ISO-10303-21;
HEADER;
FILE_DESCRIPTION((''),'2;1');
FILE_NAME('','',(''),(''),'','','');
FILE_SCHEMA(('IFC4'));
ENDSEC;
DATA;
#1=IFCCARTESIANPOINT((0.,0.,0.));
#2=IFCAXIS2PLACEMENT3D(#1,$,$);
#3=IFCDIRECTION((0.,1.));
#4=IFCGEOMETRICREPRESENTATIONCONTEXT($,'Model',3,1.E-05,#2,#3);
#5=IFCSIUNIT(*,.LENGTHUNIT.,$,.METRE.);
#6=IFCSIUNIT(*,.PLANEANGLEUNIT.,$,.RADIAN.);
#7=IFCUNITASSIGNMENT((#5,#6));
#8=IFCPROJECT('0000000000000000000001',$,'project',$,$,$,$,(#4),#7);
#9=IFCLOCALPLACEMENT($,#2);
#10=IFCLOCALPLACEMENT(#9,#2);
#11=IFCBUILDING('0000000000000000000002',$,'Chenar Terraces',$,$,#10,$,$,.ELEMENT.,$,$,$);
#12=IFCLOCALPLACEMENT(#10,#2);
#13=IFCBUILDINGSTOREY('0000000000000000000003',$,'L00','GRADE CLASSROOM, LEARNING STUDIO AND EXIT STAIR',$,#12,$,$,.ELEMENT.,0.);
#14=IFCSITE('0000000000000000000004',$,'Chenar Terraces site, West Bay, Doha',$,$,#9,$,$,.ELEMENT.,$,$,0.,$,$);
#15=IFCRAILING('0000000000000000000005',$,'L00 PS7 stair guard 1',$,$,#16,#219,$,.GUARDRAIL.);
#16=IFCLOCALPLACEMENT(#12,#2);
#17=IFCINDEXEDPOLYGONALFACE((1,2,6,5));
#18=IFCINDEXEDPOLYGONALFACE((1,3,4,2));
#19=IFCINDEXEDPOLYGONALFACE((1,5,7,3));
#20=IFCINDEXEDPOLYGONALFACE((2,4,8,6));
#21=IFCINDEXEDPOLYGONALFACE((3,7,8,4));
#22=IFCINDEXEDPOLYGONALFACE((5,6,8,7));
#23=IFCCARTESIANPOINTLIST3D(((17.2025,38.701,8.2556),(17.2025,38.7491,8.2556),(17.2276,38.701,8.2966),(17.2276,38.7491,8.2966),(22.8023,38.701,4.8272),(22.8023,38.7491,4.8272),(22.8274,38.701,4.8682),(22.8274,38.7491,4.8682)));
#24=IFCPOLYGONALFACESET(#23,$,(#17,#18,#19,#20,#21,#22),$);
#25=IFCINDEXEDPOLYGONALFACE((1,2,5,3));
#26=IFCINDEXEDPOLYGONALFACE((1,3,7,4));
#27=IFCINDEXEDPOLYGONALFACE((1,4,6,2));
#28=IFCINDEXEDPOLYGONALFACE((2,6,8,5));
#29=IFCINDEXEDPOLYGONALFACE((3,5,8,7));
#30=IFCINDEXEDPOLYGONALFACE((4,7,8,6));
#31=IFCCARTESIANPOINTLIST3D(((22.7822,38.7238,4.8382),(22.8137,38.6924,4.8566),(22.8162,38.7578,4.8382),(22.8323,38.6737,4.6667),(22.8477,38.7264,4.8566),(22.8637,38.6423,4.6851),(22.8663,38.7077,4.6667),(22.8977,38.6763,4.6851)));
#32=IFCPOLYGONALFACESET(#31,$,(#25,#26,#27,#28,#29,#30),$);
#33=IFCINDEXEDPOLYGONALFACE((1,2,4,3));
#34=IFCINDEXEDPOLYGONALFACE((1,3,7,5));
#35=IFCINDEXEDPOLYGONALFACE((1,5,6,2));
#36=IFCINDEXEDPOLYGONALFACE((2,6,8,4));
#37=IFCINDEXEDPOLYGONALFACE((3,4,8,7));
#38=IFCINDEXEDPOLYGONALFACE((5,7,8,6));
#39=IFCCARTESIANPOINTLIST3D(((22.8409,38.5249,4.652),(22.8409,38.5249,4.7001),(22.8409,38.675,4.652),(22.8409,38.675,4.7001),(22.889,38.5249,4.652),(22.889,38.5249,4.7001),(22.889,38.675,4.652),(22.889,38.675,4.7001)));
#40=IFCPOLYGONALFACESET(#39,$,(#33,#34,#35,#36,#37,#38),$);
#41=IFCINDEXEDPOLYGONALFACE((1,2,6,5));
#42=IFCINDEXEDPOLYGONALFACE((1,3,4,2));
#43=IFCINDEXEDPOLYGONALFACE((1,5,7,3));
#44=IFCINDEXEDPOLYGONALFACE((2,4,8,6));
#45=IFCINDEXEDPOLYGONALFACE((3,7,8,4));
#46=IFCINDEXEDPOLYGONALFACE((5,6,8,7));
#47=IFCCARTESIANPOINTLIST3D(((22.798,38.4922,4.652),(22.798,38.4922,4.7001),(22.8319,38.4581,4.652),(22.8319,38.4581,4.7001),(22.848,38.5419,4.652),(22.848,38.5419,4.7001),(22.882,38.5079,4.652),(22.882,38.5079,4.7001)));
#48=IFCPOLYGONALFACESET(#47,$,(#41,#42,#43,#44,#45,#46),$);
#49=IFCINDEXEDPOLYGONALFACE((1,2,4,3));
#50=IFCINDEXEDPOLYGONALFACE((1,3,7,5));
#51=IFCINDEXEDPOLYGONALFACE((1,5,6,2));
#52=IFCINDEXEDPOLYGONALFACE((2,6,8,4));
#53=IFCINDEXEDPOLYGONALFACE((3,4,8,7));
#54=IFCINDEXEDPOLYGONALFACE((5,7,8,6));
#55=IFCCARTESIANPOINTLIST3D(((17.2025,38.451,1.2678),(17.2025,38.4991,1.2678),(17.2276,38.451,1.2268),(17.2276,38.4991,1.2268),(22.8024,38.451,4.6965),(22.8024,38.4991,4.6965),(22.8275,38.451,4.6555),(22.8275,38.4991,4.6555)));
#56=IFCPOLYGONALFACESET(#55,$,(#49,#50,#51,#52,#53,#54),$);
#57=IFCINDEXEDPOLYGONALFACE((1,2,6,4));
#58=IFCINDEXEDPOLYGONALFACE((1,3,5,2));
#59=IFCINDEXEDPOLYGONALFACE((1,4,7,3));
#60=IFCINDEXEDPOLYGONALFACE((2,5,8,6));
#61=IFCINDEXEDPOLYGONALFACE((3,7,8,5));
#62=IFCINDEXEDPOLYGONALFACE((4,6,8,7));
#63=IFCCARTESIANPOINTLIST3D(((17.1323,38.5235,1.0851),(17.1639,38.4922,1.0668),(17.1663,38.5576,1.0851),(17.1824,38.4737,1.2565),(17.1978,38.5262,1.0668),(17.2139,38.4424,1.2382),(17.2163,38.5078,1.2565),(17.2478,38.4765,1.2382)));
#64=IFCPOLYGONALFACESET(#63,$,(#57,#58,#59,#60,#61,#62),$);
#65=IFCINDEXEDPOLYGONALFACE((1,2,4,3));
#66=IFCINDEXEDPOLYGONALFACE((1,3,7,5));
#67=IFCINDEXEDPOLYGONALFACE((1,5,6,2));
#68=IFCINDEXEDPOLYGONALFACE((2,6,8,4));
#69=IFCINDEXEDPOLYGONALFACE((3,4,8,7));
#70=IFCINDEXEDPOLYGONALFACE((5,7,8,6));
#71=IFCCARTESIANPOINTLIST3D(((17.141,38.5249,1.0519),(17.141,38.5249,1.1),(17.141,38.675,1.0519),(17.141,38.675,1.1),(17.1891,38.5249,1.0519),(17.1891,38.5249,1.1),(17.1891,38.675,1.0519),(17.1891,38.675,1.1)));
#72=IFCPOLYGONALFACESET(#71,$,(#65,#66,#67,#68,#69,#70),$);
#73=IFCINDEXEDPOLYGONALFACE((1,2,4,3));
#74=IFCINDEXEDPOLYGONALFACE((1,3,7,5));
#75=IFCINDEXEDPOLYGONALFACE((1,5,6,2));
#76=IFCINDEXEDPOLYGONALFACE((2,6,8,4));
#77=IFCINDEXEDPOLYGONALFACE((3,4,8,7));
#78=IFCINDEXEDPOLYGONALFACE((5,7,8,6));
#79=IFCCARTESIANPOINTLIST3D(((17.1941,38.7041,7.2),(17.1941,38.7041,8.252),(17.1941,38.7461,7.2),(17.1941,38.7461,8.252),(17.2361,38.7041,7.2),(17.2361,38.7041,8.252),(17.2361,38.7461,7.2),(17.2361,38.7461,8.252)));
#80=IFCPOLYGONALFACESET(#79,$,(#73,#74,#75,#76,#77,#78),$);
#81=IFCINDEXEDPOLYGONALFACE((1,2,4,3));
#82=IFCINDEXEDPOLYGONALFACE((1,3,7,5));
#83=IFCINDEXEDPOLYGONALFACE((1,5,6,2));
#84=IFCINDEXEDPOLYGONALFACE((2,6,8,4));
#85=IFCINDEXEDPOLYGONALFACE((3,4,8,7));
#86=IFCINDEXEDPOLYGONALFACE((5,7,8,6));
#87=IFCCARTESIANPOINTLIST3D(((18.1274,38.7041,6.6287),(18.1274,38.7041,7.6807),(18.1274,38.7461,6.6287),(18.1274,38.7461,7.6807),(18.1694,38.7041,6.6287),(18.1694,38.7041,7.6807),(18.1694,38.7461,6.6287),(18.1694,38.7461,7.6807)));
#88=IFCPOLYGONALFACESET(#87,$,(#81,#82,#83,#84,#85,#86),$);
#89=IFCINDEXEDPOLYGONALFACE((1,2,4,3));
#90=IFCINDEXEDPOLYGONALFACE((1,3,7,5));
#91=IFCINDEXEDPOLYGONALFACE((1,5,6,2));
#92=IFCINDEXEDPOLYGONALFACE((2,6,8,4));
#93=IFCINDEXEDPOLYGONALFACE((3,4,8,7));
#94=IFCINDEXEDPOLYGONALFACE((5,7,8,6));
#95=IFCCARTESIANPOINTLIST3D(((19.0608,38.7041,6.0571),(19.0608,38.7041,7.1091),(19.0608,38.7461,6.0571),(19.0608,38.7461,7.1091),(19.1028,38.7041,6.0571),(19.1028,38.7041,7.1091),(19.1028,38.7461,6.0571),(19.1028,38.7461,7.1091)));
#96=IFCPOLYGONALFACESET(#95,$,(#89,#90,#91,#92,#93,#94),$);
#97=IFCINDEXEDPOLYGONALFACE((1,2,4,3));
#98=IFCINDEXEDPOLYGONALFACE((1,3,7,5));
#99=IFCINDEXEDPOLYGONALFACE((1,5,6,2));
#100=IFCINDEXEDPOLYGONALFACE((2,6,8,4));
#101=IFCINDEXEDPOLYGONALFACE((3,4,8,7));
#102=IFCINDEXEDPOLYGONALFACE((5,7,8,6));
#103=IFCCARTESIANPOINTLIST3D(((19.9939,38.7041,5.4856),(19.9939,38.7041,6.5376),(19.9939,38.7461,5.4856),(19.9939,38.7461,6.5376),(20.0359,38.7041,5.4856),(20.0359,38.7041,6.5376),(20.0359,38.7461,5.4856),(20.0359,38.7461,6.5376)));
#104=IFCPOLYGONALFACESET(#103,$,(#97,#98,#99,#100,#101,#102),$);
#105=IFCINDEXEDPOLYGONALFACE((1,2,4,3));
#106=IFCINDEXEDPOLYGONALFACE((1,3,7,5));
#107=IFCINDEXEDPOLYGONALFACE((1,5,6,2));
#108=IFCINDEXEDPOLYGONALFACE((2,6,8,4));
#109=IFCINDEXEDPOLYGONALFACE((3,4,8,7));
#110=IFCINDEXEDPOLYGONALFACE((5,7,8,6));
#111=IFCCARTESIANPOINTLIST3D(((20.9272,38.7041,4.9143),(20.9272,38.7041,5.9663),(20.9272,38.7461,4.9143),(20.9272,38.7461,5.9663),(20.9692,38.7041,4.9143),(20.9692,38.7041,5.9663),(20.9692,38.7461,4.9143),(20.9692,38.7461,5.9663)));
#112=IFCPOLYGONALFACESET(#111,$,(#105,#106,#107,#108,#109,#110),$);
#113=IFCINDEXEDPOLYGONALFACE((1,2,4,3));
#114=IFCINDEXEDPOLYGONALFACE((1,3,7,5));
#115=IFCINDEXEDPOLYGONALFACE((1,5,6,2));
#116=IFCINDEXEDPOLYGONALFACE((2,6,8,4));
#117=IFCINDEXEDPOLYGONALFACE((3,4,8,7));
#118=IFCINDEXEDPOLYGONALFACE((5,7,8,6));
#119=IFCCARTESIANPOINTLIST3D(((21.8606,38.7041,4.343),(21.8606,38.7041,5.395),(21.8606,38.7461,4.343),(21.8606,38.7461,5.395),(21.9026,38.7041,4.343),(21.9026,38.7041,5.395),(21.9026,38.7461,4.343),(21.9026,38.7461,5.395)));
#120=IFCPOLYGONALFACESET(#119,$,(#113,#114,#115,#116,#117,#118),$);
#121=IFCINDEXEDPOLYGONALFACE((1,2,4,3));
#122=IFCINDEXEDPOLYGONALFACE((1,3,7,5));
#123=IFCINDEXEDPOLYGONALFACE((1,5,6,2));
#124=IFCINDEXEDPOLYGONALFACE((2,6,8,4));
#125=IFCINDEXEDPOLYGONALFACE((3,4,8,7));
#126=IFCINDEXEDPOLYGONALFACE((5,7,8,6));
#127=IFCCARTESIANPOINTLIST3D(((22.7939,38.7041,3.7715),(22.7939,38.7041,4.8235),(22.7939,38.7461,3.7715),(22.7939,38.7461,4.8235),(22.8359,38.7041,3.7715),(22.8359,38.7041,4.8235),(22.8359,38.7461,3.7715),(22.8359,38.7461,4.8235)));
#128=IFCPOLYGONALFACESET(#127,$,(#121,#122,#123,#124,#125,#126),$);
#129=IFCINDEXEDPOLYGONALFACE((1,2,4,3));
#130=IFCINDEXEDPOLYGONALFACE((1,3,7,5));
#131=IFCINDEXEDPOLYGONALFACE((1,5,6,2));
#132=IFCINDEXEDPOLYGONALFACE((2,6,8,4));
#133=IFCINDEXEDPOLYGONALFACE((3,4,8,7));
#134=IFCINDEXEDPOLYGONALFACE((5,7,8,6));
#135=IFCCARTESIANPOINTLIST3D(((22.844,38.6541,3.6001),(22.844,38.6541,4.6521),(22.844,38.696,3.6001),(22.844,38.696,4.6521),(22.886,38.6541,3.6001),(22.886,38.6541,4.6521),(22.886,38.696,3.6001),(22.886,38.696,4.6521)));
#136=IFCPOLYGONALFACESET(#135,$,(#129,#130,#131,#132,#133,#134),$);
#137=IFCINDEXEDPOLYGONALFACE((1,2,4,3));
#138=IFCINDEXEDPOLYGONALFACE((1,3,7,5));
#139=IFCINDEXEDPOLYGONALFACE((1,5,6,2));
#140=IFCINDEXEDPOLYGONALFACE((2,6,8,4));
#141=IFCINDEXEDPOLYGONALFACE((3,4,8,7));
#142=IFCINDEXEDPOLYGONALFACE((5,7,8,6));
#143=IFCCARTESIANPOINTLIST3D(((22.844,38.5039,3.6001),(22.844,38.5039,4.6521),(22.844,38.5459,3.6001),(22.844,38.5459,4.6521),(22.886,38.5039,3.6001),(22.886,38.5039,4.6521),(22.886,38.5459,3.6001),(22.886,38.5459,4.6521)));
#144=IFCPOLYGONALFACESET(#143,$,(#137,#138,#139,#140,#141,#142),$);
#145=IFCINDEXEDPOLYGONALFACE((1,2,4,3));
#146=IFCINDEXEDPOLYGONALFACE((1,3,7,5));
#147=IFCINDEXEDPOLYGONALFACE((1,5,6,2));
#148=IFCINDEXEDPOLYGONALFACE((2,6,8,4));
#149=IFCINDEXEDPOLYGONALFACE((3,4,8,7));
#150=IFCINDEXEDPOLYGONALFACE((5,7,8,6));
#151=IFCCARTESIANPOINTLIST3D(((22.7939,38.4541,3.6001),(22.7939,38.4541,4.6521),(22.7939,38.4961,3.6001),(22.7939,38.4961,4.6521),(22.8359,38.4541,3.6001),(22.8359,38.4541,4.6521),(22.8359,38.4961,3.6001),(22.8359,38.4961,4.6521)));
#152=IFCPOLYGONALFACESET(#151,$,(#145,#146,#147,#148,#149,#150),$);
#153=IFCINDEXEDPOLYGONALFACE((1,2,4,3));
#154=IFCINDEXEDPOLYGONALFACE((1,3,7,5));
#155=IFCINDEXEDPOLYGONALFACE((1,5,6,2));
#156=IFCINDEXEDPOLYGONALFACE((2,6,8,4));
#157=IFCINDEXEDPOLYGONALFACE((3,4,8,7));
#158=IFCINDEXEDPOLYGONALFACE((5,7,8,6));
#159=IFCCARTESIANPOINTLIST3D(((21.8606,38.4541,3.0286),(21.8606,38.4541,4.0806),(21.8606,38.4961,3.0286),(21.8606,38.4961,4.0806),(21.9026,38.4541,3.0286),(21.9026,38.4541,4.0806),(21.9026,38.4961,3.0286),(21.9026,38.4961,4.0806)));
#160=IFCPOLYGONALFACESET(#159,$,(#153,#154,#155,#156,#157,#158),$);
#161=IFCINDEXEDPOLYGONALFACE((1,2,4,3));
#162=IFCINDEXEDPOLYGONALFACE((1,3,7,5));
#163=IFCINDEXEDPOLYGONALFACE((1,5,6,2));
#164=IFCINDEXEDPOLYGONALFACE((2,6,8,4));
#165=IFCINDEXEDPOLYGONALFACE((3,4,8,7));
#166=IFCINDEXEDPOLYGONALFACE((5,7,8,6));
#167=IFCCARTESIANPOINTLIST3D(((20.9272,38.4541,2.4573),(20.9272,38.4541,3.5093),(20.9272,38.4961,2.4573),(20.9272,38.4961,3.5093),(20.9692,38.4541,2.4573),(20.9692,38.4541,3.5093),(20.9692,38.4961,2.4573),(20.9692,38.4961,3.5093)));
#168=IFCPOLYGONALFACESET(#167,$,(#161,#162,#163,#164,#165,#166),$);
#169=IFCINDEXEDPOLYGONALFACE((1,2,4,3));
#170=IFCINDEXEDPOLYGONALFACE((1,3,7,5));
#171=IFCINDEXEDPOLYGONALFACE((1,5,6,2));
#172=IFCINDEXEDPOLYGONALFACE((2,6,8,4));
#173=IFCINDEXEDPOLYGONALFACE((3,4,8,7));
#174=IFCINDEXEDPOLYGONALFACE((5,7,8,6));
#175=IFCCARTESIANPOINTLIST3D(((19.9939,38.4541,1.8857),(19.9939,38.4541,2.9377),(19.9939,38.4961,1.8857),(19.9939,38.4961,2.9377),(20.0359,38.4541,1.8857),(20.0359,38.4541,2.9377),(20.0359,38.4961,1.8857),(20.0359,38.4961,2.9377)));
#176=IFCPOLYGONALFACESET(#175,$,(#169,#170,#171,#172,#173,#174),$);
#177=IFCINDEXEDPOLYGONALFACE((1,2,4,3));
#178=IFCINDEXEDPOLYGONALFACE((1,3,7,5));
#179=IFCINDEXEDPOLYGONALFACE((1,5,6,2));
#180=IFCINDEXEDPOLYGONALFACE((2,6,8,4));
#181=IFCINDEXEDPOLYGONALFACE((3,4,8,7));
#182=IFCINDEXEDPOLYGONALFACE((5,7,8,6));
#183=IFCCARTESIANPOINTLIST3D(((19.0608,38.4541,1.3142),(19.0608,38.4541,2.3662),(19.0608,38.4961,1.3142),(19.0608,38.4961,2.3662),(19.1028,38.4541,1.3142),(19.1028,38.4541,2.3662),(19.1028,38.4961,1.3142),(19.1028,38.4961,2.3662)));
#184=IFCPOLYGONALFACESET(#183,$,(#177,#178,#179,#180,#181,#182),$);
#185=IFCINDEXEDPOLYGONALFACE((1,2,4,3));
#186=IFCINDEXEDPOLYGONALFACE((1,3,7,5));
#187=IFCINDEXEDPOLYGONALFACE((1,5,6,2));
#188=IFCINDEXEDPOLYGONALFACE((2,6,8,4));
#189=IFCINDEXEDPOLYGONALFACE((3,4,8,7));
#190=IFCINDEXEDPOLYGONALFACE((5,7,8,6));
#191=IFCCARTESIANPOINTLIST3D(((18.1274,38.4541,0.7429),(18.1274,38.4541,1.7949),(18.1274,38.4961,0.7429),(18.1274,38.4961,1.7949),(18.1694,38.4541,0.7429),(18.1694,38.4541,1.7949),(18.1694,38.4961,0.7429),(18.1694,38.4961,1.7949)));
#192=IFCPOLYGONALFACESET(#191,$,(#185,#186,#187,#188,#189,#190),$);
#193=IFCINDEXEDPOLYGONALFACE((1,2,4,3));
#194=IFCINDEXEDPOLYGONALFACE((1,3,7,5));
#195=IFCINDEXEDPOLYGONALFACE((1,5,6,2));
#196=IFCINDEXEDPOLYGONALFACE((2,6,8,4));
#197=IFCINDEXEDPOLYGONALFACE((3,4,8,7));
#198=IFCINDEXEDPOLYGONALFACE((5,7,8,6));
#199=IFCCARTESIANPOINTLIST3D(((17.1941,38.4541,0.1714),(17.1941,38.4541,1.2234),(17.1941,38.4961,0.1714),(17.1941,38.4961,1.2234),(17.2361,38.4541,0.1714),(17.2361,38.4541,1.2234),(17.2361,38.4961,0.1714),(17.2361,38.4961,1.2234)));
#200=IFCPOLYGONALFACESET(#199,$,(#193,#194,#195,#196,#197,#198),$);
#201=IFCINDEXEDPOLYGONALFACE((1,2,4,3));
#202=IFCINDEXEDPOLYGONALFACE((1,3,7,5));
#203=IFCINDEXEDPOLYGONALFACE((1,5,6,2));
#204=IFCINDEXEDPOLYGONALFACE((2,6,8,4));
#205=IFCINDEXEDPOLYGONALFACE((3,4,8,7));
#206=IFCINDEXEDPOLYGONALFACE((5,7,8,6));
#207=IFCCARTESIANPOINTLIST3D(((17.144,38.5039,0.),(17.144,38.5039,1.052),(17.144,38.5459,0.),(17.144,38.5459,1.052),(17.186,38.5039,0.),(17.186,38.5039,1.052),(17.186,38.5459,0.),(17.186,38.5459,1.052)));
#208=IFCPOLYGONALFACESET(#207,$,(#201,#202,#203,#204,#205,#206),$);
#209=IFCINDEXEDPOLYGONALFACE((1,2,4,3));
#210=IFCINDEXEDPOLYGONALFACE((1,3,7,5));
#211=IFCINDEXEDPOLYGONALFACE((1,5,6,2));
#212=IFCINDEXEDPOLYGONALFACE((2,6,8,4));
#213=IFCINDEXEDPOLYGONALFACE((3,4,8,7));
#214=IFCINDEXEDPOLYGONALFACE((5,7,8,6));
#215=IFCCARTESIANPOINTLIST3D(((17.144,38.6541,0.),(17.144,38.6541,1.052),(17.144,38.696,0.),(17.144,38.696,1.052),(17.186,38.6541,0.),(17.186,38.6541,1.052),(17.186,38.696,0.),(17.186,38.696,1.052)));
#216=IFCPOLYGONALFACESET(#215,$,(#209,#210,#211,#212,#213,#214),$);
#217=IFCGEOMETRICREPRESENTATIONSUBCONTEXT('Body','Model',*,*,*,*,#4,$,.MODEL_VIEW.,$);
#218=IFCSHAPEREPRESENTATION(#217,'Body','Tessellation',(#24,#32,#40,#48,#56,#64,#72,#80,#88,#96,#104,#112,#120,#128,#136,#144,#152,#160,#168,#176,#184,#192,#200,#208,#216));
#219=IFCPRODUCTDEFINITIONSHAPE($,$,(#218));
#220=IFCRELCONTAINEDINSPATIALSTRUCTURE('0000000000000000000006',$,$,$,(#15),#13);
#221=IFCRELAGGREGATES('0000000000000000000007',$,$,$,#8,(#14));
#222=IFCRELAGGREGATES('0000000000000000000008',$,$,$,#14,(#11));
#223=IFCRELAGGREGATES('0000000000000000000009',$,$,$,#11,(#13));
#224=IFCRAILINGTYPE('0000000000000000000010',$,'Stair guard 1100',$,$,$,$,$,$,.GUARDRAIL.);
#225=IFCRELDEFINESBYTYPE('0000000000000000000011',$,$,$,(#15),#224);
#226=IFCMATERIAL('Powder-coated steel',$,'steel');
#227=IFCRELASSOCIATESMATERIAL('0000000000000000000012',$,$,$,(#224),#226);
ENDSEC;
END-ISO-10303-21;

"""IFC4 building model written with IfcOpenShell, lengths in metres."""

from ifc_helpers import new_model, si_unit, direction, frame, origin, origin_2d, place, context, subcontext, project, spatial, rectangle, extrude, material, type_object, element, save


model = new_model("IFC4")

# Units and contexts
model_context = context("Model", 3, precision=1e-05, world=origin(), true_north=direction((0.0, 1.0)))
body_context = subcontext(model_context, "Body", "Model", "MODEL_VIEW")
ifc_project = project(units=[si_unit("LENGTHUNIT", "METRE"), si_unit("PLANEANGLEUNIT", "RADIAN")], contexts=[model_context])

# Site, building, storey
site_placement = place(None, origin())
site = spatial("IfcSite", under=ifc_project, at=site_placement, Name="Chenar Terraces site, West Bay, Doha", CompositionType="ELEMENT", RefElevation=0.0)
building_placement = place(site_placement, origin())
building = spatial("IfcBuilding", under=site, at=building_placement, Name="Chenar Terraces", CompositionType="ELEMENT")
storey_placement = place(building_placement, origin())
storey = spatial("IfcBuildingStorey", under=building, at=storey_placement, Name="L00", Description="GRADE CLASSROOM, LEARNING STUDIO AND EXIT STAIR", CompositionType="ELEMENT", Elevation=0.0)

# Railing
ifc_material_1 = material(Name="Powder-coated steel", Category="steel")
railing_type_1 = type_object("IfcRailingType", Name="Stair guard 1100", PredefinedType="GUARDRAIL", material=ifc_material_1)
railing_1_placement = place(storey_placement, frame((17.2151, 38.7251, 7.2)))
element("IfcRailing", 1, at=railing_1_placement, inside=storey, type_object=railing_type_1, Name="L00 PS7 stair guard 1", PredefinedType="GUARDRAIL", context=body_context, shape_type="SweptSolid", body=[
    extrude(rectangle(XDim=0.0481, YDim=0.0481, at=origin_2d()), frame((0.0, 0.0, 1.0762), z_axis=(0.852852, 0.0, -0.522152), x_axis=(0.0, 1.0, 0.0)), (0.0, 0.0, 1.0), 6.5659),
    extrude(rectangle(XDim=0.0481, YDim=0.0481, at=origin_2d()), frame((5.5999, 0.0, -2.3525), z_axis=(0.269911, -0.269911, -0.924281), x_axis=(0.707107, 0.707107, 0.0)), (0.0, 0.0, 1.0), 0.1855),
    extrude(rectangle(XDim=0.0481, YDim=0.0481, at=origin_2d()), frame((5.6499, -0.05, -2.5239), z_axis=(0.0, -1.0, 0.0), x_axis=(1.0, 0.0, 0.0)), (0.0, 0.0, 1.0), 0.1501),
    extrude(rectangle(XDim=0.0481, YDim=0.0481, at=origin_2d()), frame((5.6499, -0.2002, -2.5239), z_axis=(-0.708834, -0.705376, 0.0), x_axis=(0.705376, -0.708834, 0.0)), (0.0, 0.0, 1.0), 0.0706),
    extrude(rectangle(XDim=0.0481, YDim=0.0481, at=origin_2d()), frame((5.5999, -0.25, -2.5239), z_axis=(-0.852836, 0.0, -0.522179), x_axis=(0.0, -1.0, 0.0)), (0.0, 0.0, 1.0), 6.5662),
    extrude(rectangle(XDim=0.0481, YDim=0.0481, at=origin_2d()), frame((0.0, -0.25, -5.9526), z_axis=(-0.270007, 0.26869, -0.924609), x_axis=(-0.705376, -0.708834, 0.0)), (0.0, 0.0, 1.0), 0.1853),
    extrude(rectangle(XDim=0.0481, YDim=0.0481, at=origin_2d()), frame((-0.05, -0.2002, -6.124), z_axis=(0.0, 1.0, 0.0), x_axis=(-1.0, 0.0, 0.0)), (0.0, 0.0, 1.0), 0.1501),
    extrude(rectangle(XDim=0.042, YDim=0.042, at=origin_2d()), origin(), (0.0, 0.0, 1.0), 1.052),
    extrude(rectangle(XDim=0.042, YDim=0.042, at=origin_2d()), frame((0.9333, 0.0, -0.5713)), (0.0, 0.0, 1.0), 1.052),
    extrude(rectangle(XDim=0.042, YDim=0.042, at=origin_2d()), frame((1.8667, 0.0, -1.1428)), (0.0, 0.0, 1.0), 1.052),
    extrude(rectangle(XDim=0.042, YDim=0.042, at=origin_2d()), frame((2.7998, 0.0, -1.7144)), (0.0, 0.0, 1.0), 1.052),
    extrude(rectangle(XDim=0.042, YDim=0.042, at=origin_2d()), frame((3.7332, 0.0, -2.2856)), (0.0, 0.0, 1.0), 1.052),
    extrude(rectangle(XDim=0.042, YDim=0.042, at=origin_2d()), frame((4.6665, 0.0, -2.8569)), (0.0, 0.0, 1.0), 1.052),
    extrude(rectangle(XDim=0.042, YDim=0.042, at=origin_2d()), frame((5.5999, 0.0, -3.4285)), (0.0, 0.0, 1.0), 1.052),
    extrude(rectangle(XDim=0.042, YDim=0.042, at=origin_2d()), frame((5.6499, -0.05, -3.5999)), (0.0, 0.0, 1.0), 1.052),
    extrude(rectangle(XDim=0.042, YDim=0.042, at=origin_2d()), frame((5.6499, -0.2002, -3.5999)), (0.0, 0.0, 1.0), 1.052),
    extrude(rectangle(XDim=0.042, YDim=0.042, at=origin_2d()), frame((5.5999, -0.25, -3.5999)), (0.0, 0.0, 1.0), 1.052),
    extrude(rectangle(XDim=0.042, YDim=0.042, at=origin_2d()), frame((4.6665, -0.25, -4.1714)), (0.0, 0.0, 1.0), 1.052),
    extrude(rectangle(XDim=0.042, YDim=0.042, at=origin_2d()), frame((3.7332, -0.25, -4.7427)), (0.0, 0.0, 1.0), 1.052),
    extrude(rectangle(XDim=0.042, YDim=0.042, at=origin_2d()), frame((2.7998, -0.25, -5.3142)), (0.0, 0.0, 1.0), 1.052),
    extrude(rectangle(XDim=0.042, YDim=0.042, at=origin_2d()), frame((1.8667, -0.25, -5.8857)), (0.0, 0.0, 1.0), 1.052),
    extrude(rectangle(XDim=0.042, YDim=0.042, at=origin_2d()), frame((0.9333, -0.25, -6.457)), (0.0, 0.0, 1.0), 1.052),
    extrude(rectangle(XDim=0.042, YDim=0.042, at=origin_2d()), frame((0.0, -0.25, -7.0286)), (0.0, 0.0, 1.0), 1.052),
    extrude(rectangle(XDim=0.042, YDim=0.042, at=origin_2d()), frame((-0.05, -0.2002, -7.2)), (0.0, 0.0, 1.0), 1.052),
    extrude(rectangle(XDim=0.042, YDim=0.042, at=origin_2d()), frame((-0.05, -0.05, -7.2)), (0.0, 0.0, 1.0), 1.052),
])

save(model, "model.ifc")
